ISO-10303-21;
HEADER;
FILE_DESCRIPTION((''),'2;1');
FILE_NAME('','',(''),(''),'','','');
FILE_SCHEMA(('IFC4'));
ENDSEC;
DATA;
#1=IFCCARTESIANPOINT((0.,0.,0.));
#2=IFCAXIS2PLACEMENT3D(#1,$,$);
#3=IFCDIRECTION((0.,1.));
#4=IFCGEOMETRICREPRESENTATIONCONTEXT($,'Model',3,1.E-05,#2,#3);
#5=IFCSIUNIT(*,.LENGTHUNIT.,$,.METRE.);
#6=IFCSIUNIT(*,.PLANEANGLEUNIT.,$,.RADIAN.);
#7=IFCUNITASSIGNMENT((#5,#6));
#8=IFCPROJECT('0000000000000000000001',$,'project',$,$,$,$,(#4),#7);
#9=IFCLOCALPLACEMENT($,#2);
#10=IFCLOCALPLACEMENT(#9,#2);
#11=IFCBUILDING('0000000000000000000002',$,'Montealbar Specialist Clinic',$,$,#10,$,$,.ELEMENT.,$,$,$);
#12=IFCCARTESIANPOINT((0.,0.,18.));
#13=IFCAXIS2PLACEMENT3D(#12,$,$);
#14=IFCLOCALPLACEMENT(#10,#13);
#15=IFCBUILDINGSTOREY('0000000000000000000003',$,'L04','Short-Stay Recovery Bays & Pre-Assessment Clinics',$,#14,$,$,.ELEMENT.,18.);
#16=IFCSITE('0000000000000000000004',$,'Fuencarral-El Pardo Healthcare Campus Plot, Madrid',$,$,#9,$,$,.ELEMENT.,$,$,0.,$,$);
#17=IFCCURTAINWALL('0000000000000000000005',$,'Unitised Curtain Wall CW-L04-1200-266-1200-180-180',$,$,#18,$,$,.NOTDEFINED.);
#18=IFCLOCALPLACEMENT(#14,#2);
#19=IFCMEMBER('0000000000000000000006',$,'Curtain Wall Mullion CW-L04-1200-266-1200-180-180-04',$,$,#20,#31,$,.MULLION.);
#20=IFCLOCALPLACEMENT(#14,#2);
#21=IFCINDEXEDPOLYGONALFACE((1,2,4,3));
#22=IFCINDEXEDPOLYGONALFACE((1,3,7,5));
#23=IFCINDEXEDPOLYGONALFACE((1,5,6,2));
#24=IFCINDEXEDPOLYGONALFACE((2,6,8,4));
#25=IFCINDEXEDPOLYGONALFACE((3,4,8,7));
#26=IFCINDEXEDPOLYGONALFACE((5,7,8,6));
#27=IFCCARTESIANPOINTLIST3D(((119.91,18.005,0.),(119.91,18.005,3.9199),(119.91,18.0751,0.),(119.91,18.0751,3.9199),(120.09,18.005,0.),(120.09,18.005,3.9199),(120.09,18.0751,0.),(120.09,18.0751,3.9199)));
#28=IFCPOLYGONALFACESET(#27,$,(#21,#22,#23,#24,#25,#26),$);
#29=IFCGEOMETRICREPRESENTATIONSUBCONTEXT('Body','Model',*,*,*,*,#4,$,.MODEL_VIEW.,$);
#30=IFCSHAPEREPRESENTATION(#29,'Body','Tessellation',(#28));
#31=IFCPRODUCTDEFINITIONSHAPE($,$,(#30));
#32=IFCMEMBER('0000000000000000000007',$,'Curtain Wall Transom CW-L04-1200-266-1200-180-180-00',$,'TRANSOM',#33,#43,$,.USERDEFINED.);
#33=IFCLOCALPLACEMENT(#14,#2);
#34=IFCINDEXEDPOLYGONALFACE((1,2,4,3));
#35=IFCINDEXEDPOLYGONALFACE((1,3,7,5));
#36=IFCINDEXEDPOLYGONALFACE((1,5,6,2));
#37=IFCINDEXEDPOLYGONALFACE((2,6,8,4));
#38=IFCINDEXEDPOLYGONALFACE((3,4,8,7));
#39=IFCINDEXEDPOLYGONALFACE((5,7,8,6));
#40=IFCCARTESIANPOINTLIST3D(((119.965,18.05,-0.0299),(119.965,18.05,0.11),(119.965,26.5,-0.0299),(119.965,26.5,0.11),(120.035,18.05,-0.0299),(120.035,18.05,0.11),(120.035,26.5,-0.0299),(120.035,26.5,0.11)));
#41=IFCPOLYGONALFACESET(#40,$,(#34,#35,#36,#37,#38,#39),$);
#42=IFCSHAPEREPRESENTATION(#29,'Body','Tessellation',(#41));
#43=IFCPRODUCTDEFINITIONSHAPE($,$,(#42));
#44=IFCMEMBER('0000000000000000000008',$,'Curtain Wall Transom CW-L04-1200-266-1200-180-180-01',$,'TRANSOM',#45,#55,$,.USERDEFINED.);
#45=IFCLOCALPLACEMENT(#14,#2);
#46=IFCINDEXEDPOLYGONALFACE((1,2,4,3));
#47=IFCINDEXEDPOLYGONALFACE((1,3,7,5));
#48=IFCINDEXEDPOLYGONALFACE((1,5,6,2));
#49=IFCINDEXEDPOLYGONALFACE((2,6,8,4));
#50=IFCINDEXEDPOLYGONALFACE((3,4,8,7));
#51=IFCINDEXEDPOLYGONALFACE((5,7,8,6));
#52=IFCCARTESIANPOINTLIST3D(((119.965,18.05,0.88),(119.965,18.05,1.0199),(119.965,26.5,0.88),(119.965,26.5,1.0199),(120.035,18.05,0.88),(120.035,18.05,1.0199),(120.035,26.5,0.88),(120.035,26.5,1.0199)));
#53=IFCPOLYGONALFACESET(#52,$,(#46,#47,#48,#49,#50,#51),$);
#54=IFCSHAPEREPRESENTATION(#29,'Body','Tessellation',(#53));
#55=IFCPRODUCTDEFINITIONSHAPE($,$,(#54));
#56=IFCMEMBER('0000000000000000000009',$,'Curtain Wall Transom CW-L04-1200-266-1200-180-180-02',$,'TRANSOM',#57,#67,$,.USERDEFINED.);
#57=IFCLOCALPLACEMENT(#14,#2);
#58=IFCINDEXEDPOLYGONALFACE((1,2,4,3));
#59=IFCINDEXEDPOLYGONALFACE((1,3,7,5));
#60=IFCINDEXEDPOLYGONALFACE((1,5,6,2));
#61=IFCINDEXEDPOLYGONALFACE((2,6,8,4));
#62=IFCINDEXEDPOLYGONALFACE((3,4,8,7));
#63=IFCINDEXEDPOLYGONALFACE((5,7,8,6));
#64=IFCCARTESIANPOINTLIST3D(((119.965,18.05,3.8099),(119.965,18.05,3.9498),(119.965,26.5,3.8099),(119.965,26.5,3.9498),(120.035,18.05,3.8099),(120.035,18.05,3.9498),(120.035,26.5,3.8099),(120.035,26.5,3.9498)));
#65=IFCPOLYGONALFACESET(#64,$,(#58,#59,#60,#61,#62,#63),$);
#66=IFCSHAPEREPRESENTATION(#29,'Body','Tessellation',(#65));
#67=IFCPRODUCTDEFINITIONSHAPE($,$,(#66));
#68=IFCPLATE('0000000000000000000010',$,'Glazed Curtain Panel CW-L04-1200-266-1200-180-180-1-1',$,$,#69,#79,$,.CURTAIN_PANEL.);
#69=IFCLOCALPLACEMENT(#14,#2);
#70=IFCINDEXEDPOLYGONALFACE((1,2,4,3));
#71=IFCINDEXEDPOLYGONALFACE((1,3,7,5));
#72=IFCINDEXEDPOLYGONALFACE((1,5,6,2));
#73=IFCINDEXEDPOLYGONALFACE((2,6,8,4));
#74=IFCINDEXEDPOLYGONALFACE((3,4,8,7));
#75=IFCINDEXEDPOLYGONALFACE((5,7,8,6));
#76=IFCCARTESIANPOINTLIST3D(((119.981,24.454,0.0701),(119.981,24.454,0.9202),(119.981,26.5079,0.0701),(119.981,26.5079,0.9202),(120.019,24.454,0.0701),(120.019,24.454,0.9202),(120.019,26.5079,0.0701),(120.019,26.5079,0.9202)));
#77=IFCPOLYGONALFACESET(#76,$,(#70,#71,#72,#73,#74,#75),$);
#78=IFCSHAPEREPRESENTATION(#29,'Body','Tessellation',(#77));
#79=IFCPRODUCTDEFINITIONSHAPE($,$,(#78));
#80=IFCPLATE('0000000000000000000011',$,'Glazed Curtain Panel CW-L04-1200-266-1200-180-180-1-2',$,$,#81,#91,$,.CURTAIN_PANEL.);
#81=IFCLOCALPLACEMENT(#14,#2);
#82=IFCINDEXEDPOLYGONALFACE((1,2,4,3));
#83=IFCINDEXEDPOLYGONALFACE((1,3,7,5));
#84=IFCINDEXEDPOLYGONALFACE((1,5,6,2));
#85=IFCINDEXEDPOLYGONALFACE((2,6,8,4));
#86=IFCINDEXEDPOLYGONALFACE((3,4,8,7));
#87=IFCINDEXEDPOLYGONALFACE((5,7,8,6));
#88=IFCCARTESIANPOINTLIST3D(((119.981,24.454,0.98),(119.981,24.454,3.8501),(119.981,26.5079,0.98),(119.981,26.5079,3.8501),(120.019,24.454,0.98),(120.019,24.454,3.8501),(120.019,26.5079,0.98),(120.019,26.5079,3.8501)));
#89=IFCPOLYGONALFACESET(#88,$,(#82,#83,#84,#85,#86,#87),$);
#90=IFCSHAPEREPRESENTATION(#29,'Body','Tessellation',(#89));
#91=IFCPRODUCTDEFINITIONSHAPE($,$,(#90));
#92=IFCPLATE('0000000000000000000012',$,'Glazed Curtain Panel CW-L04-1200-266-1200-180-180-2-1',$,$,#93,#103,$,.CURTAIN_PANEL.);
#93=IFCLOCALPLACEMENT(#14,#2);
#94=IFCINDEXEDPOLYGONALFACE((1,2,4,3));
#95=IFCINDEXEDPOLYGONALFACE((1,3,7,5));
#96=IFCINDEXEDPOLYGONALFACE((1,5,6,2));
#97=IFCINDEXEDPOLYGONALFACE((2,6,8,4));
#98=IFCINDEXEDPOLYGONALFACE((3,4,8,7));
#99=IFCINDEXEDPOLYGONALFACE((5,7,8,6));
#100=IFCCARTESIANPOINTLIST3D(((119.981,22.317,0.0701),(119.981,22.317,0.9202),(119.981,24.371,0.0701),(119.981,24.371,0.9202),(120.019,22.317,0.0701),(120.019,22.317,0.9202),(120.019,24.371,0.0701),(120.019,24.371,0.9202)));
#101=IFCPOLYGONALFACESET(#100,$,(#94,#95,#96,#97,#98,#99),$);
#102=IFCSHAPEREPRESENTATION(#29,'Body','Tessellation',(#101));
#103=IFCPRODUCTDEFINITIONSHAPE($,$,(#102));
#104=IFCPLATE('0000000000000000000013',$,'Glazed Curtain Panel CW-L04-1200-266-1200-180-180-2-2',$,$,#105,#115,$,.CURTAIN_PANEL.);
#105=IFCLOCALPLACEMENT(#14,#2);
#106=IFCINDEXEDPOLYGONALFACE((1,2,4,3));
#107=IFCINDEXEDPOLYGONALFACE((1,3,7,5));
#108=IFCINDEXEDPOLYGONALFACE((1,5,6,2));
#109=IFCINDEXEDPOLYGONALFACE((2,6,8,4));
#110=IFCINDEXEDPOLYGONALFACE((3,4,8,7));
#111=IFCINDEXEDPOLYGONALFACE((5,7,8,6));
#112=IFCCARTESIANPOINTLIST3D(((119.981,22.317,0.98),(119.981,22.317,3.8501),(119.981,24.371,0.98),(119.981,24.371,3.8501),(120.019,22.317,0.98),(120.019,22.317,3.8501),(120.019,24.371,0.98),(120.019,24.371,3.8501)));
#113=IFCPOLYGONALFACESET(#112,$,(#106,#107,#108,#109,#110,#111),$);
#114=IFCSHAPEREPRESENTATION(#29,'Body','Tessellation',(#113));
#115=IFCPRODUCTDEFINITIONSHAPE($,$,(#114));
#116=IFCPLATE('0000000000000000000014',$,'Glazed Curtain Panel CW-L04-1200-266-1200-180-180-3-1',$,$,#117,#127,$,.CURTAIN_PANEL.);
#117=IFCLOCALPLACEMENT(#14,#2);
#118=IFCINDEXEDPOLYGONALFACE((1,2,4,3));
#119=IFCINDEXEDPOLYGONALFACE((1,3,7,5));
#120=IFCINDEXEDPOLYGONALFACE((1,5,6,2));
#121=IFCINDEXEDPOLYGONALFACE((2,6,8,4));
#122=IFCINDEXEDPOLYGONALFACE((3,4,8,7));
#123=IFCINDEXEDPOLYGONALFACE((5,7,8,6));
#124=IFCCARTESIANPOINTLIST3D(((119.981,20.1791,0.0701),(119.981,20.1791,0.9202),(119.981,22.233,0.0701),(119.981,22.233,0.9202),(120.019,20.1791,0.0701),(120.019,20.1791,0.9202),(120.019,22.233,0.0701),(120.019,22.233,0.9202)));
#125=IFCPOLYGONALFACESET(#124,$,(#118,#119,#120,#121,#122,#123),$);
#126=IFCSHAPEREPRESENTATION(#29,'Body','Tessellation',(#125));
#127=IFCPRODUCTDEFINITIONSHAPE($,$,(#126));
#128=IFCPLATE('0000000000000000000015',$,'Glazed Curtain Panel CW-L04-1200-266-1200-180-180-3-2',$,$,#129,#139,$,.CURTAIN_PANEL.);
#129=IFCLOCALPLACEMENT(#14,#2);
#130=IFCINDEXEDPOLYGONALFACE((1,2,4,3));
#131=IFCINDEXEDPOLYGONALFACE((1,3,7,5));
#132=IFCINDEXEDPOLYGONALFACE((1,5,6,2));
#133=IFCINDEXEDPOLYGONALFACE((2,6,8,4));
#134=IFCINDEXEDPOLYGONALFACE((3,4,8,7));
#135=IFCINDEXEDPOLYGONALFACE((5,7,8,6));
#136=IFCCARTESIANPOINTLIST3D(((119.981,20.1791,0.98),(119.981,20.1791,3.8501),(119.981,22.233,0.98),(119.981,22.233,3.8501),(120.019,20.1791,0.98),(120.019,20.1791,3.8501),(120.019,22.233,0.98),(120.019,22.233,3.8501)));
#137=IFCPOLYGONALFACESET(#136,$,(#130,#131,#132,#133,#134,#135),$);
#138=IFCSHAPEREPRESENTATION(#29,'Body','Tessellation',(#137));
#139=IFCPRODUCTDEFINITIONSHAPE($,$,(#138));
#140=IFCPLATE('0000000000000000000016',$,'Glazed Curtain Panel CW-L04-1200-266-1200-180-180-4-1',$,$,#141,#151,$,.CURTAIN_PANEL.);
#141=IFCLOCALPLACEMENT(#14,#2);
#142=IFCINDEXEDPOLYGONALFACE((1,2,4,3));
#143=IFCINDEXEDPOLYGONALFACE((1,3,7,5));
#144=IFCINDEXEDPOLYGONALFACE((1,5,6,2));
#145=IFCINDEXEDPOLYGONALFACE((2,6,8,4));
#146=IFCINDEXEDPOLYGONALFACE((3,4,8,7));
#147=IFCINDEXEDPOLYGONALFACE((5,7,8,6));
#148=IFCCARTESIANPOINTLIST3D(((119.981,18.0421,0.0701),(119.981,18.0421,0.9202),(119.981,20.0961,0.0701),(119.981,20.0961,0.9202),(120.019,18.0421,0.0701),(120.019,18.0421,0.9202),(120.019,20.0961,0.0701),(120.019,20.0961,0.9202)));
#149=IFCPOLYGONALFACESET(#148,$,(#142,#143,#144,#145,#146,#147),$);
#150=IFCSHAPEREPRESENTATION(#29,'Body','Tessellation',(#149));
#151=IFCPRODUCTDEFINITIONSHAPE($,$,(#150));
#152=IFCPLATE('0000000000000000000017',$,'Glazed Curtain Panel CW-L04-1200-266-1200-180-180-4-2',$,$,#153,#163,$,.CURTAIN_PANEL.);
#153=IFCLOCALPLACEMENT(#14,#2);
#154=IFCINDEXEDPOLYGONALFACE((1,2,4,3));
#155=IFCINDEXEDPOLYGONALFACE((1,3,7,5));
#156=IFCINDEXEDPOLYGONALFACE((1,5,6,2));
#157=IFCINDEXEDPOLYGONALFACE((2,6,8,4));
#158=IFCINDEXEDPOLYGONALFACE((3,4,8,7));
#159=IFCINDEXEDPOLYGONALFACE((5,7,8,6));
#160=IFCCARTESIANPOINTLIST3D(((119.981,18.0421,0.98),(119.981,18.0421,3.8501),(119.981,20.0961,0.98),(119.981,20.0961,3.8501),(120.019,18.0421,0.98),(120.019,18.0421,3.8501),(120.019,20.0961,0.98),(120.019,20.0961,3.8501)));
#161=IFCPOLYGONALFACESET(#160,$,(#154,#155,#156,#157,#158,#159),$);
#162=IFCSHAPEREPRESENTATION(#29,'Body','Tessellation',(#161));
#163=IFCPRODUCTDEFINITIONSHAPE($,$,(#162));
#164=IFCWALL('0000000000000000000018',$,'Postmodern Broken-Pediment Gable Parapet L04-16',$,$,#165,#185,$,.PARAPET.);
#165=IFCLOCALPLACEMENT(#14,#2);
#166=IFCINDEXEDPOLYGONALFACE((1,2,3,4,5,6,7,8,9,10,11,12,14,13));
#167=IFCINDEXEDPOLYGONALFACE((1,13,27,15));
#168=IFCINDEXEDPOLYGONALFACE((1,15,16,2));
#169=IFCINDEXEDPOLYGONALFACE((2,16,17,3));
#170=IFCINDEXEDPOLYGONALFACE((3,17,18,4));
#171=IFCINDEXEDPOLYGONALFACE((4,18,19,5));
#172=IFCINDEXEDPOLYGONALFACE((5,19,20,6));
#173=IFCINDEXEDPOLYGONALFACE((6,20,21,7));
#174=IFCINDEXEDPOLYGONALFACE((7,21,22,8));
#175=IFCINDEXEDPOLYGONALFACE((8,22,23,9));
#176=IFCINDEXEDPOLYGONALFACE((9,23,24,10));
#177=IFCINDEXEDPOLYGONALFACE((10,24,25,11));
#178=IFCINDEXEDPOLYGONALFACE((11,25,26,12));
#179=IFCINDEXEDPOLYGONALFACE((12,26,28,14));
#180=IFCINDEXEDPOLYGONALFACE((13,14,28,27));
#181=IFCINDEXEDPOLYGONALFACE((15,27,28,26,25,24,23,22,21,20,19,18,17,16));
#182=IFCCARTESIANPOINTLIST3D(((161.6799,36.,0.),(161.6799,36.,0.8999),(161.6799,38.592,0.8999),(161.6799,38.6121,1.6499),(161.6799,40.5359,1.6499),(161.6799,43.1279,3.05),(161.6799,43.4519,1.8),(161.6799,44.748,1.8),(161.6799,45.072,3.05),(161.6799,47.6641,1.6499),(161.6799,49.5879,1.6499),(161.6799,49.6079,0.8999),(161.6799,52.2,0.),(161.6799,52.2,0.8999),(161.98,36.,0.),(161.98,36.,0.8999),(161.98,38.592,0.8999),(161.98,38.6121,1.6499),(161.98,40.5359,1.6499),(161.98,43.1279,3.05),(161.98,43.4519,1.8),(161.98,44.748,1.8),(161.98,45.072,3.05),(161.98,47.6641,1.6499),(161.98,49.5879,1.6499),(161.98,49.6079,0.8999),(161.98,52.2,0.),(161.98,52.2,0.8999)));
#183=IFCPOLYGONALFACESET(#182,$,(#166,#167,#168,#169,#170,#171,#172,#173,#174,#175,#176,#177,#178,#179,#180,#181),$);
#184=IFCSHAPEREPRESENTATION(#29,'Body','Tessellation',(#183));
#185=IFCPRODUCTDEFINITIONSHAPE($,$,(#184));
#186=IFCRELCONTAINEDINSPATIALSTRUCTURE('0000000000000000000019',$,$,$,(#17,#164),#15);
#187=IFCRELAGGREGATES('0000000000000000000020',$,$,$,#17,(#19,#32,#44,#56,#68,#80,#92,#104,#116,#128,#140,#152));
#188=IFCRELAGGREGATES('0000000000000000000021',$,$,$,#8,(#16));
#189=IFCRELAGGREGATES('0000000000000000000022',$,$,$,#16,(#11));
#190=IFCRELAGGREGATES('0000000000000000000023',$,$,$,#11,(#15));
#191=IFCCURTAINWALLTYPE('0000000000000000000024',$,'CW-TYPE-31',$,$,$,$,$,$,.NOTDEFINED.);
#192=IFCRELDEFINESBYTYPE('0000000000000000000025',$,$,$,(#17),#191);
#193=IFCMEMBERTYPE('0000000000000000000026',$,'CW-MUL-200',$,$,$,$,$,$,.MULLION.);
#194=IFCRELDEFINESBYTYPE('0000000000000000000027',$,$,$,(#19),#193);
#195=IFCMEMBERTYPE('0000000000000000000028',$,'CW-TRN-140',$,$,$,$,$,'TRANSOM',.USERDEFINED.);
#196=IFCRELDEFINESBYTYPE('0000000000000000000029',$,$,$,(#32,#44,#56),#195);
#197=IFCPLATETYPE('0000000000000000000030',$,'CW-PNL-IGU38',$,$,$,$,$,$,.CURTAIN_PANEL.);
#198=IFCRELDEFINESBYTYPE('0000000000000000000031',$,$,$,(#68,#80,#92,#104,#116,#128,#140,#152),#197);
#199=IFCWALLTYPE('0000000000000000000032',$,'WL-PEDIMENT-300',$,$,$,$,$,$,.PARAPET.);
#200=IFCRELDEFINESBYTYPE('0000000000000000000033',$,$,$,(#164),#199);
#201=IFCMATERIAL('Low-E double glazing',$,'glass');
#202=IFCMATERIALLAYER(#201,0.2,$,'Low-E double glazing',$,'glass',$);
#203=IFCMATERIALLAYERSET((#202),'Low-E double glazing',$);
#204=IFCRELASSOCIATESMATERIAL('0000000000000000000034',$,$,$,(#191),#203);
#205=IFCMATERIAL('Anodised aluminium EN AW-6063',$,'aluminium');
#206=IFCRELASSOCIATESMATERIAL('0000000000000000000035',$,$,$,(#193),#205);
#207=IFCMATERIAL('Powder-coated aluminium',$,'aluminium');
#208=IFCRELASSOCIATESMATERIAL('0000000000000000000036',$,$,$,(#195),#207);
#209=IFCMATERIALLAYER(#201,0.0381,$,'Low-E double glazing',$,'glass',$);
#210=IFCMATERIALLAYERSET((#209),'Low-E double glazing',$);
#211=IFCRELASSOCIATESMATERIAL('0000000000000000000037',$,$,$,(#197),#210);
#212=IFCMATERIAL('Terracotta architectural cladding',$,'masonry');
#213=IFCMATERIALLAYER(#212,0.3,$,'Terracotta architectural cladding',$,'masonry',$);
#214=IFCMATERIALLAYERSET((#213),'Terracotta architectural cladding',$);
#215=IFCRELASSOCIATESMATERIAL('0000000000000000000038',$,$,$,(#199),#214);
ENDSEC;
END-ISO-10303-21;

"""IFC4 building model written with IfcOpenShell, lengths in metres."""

from ifc_helpers import new_model, si_unit, direction, frame, origin, origin_2d, place, context, subcontext, project, spatial, polyline, rectangle, outline, extrude, material, layer, layer_set, material_profile, profile_set, type_object, element, aggregate, save


model = new_model("IFC4")

# Units and contexts
model_context = context("Model", 3, precision=1e-05, world=origin(), true_north=direction((0.0, 1.0)))
body_context = subcontext(model_context, "Body", "Model", "MODEL_VIEW")
ifc_project = project(units=[si_unit("LENGTHUNIT", "METRE"), si_unit("PLANEANGLEUNIT", "RADIAN")], contexts=[model_context])

# Site, building, storey
site_placement = place(None, origin())
site = spatial("IfcSite", under=ifc_project, at=site_placement, Name="Fuencarral-El Pardo Healthcare Campus Plot, Madrid", CompositionType="ELEMENT", RefElevation=0.0)
building_placement = place(site_placement, origin())
building = spatial("IfcBuilding", under=site, at=building_placement, Name="Montealbar Specialist Clinic", CompositionType="ELEMENT")
storey_placement = place(building_placement, frame((0.0, 0.0, 18.0)))
storey = spatial("IfcBuildingStorey", under=building, at=storey_placement, Name="L04", Description="Short-Stay Recovery Bays & Pre-Assessment Clinics", CompositionType="ELEMENT", Elevation=18.0)

# Curtain wall, members, plates
ifc_material_1 = material(Name="Low-E double glazing", Category="glass")
ifc_layer_1 = layer(ifc_material_1, 0.2, Name="Low-E double glazing", Category="glass")
ifc_layer_set_1 = layer_set([ifc_layer_1], Name="Low-E double glazing")
curtain_wall_type = type_object("IfcCurtainWallType", Name="CW-TYPE-31", PredefinedType="NOTDEFINED", material=ifc_layer_set_1)
curtain_wall_placement = place(storey_placement, origin())
curtain_wall = element("IfcCurtainWall", 1, at=curtain_wall_placement, inside=storey, type_object=curtain_wall_type, Name="Unitised Curtain Wall CW-L04-1200-266-1200-180-180", PredefinedType="NOTDEFINED")
ifc_material_2 = material(Name="Anodised aluminium EN AW-6063", Category="aluminium")
ifc_material_profile_1 = material_profile(ifc_material_2, rectangle(XDim=0.0701, YDim=0.1799, at=origin_2d()), Name="ALU 70x180", Category="aluminium")
ifc_profile_set_1 = profile_set([ifc_material_profile_1], Name="Anodised aluminium EN AW-6063")
member_type_1 = type_object("IfcMemberType", Name="CW-MUL-200", PredefinedType="MULLION", material=ifc_profile_set_1)
member_1_placement = place(storey_placement, frame((120.0, 18.04, 0.0), z_axis=(0.0, 0.0, 1.0), x_axis=(0.0, -1.0, 0.0)))
member_1 = element("IfcMember", 2, at=member_1_placement, type_object=member_type_1, Name="Curtain Wall Mullion CW-L04-1200-266-1200-180-180-04", PredefinedType="MULLION", context=body_context, shape_type="SweptSolid", body=[
    extrude(rectangle(XDim=0.0701, YDim=0.1799, at=origin_2d()), origin(), (0.0, 0.0, 1.0), 3.9199),
])
ifc_material_3 = material(Name="Powder-coated aluminium", Category="aluminium")
ifc_material_profile_2 = material_profile(ifc_material_3, rectangle(XDim=0.0701, YDim=0.1399, at=origin_2d()), Name="ALU 70x140", Category="aluminium")
ifc_profile_set_2 = profile_set([ifc_material_profile_2], Name="Powder-coated aluminium")
member_type_2 = type_object("IfcMemberType", Name="CW-TRN-140", ElementType="TRANSOM", PredefinedType="USERDEFINED", material=ifc_profile_set_2)
member_2_placement = place(storey_placement, frame((120.0, 26.5, 0.04), z_axis=(0.0, -1.0, 0.0), x_axis=(1.0, 0.0, 0.0)))
member_2 = element("IfcMember", 3, at=member_2_placement, type_object=member_type_2, Name="Curtain Wall Transom CW-L04-1200-266-1200-180-180-00", ObjectType="TRANSOM", PredefinedType="USERDEFINED", context=body_context, shape_type="SweptSolid", body=[
    extrude(rectangle(XDim=0.0701, YDim=0.1399, at=origin_2d()), origin(), (0.0, 0.0, 1.0), 8.45),
])
member_3_placement = place(storey_placement, frame((120.0, 26.5, 0.95), z_axis=(0.0, -1.0, 0.0), x_axis=(1.0, 0.0, 0.0)))
member_3 = element("IfcMember", 4, at=member_3_placement, type_object=member_type_2, Name="Curtain Wall Transom CW-L04-1200-266-1200-180-180-01", ObjectType="TRANSOM", PredefinedType="USERDEFINED", context=body_context, shape_type="SweptSolid", body=[
    extrude(rectangle(XDim=0.0701, YDim=0.1399, at=origin_2d()), origin(), (0.0, 0.0, 1.0), 8.45),
])
member_4_placement = place(storey_placement, frame((120.0, 26.5, 3.8799), z_axis=(0.0, -1.0, 0.0), x_axis=(1.0, 0.0, 0.0)))
member_4 = element("IfcMember", 5, at=member_4_placement, type_object=member_type_2, Name="Curtain Wall Transom CW-L04-1200-266-1200-180-180-02", ObjectType="TRANSOM", PredefinedType="USERDEFINED", context=body_context, shape_type="SweptSolid", body=[
    extrude(rectangle(XDim=0.0701, YDim=0.1399, at=origin_2d()), origin(), (0.0, 0.0, 1.0), 8.45),
])
ifc_layer_2 = layer(ifc_material_1, 0.0381, Name="Low-E double glazing", Category="glass")
ifc_layer_set_2 = layer_set([ifc_layer_2], Name="Low-E double glazing")
plate_type = type_object("IfcPlateType", Name="CW-PNL-IGU38", PredefinedType="CURTAIN_PANEL", material=ifc_layer_set_2)
plate_1_placement = place(storey_placement, frame((120.0, 25.481, 0.0701), z_axis=(0.0, 0.0, 1.0), x_axis=(0.0, -1.0, 0.0)))
plate_1 = element("IfcPlate", 6, at=plate_1_placement, type_object=plate_type, Name="Glazed Curtain Panel CW-L04-1200-266-1200-180-180-1-1", PredefinedType="CURTAIN_PANEL", context=body_context, shape_type="SweptSolid", body=[
    extrude(rectangle(XDim=2.054, YDim=0.0381, at=origin_2d()), origin(), (0.0, 0.0, 1.0), 0.8501),
])
plate_2_placement = place(storey_placement, frame((120.0, 25.481, 0.98), z_axis=(0.0, 0.0, 1.0), x_axis=(0.0, -1.0, 0.0)))
plate_2 = element("IfcPlate", 7, at=plate_2_placement, type_object=plate_type, Name="Glazed Curtain Panel CW-L04-1200-266-1200-180-180-1-2", PredefinedType="CURTAIN_PANEL", context=body_context, shape_type="SweptSolid", body=[
    extrude(rectangle(XDim=2.054, YDim=0.0381, at=origin_2d()), origin(), (0.0, 0.0, 1.0), 2.8701),
])
plate_3_placement = place(storey_placement, frame((120.0, 23.344, 0.0701), z_axis=(0.0, 0.0, 1.0), x_axis=(0.0, -1.0, 0.0)))
plate_3 = element("IfcPlate", 8, at=plate_3_placement, type_object=plate_type, Name="Glazed Curtain Panel CW-L04-1200-266-1200-180-180-2-1", PredefinedType="CURTAIN_PANEL", context=body_context, shape_type="SweptSolid", body=[
    extrude(rectangle(XDim=2.054, YDim=0.0381, at=origin_2d()), origin(), (0.0, 0.0, 1.0), 0.8501),
])
plate_4_placement = place(storey_placement, frame((120.0, 23.344, 0.98), z_axis=(0.0, 0.0, 1.0), x_axis=(0.0, -1.0, 0.0)))
plate_4 = element("IfcPlate", 9, at=plate_4_placement, type_object=plate_type, Name="Glazed Curtain Panel CW-L04-1200-266-1200-180-180-2-2", PredefinedType="CURTAIN_PANEL", context=body_context, shape_type="SweptSolid", body=[
    extrude(rectangle(XDim=2.054, YDim=0.0381, at=origin_2d()), origin(), (0.0, 0.0, 1.0), 2.8701),
])
plate_5_placement = place(storey_placement, frame((120.0, 21.2061, 0.0701), z_axis=(0.0, 0.0, 1.0), x_axis=(0.0, -1.0, 0.0)))
plate_5 = element("IfcPlate", 10, at=plate_5_placement, type_object=plate_type, Name="Glazed Curtain Panel CW-L04-1200-266-1200-180-180-3-1", PredefinedType="CURTAIN_PANEL", context=body_context, shape_type="SweptSolid", body=[
    extrude(rectangle(XDim=2.054, YDim=0.0381, at=origin_2d()), origin(), (0.0, 0.0, 1.0), 0.8501),
])
plate_6_placement = place(storey_placement, frame((120.0, 21.2061, 0.98), z_axis=(0.0, 0.0, 1.0), x_axis=(0.0, -1.0, 0.0)))
plate_6 = element("IfcPlate", 11, at=plate_6_placement, type_object=plate_type, Name="Glazed Curtain Panel CW-L04-1200-266-1200-180-180-3-2", PredefinedType="CURTAIN_PANEL", context=body_context, shape_type="SweptSolid", body=[
    extrude(rectangle(XDim=2.054, YDim=0.0381, at=origin_2d()), origin(), (0.0, 0.0, 1.0), 2.8701),
])
plate_7_placement = place(storey_placement, frame((120.0, 19.0691, 0.0701), z_axis=(0.0, 0.0, 1.0), x_axis=(0.0, -1.0, 0.0)))
plate_7 = element("IfcPlate", 12, at=plate_7_placement, type_object=plate_type, Name="Glazed Curtain Panel CW-L04-1200-266-1200-180-180-4-1", PredefinedType="CURTAIN_PANEL", context=body_context, shape_type="SweptSolid", body=[
    extrude(rectangle(XDim=2.054, YDim=0.0381, at=origin_2d()), origin(), (0.0, 0.0, 1.0), 0.8501),
])
plate_8_placement = place(storey_placement, frame((120.0, 19.0691, 0.98), z_axis=(0.0, 0.0, 1.0), x_axis=(0.0, -1.0, 0.0)))
plate_8 = element("IfcPlate", 13, at=plate_8_placement, type_object=plate_type, Name="Glazed Curtain Panel CW-L04-1200-266-1200-180-180-4-2", PredefinedType="CURTAIN_PANEL", context=body_context, shape_type="SweptSolid", body=[
    extrude(rectangle(XDim=2.054, YDim=0.0381, at=origin_2d()), origin(), (0.0, 0.0, 1.0), 2.8701),
])
aggregate(curtain_wall, [member_1, member_2, member_3, member_4, plate_1, plate_2, plate_3, plate_4, plate_5, plate_6, plate_7, plate_8])

# Wall
ifc_material_4 = material(Name="Terracotta architectural cladding", Category="masonry")
ifc_layer_3 = layer(ifc_material_4, 0.3, Name="Terracotta architectural cladding", Category="masonry")
ifc_layer_set_3 = layer_set([ifc_layer_3], Name="Terracotta architectural cladding")
wall_type = type_object("IfcWallType", Name="WL-PEDIMENT-300", PredefinedType="PARAPET", material=ifc_layer_set_3)
wall_1_placement = place(storey_placement, frame((161.8301, 52.2, 0.0), z_axis=(0.0, 0.0, 1.0), x_axis=(0.0, -1.0, 0.0)))
element("IfcWall", 14, at=wall_1_placement, inside=storey, type_object=wall_type, Name="Postmodern Broken-Pediment Gable Parapet L04-16", PredefinedType="PARAPET", context=body_context, shape_type="SweptSolid", body=[
    extrude(outline(polyline([(0.0, 0.0), (16.2, 0.0), (16.2, 0.8999), (13.6079, 0.8999), (13.5879, 1.6499), (11.6641, 1.6499), (9.072, 3.05), (8.748, 1.8), (7.4519, 1.8), (7.1279, 3.05), (4.5359, 1.6499), (2.6121, 1.6499), (2.592, 0.8999), (0.0, 0.8999), (0.0, 0.0)])), frame((0.0, 0.1499, 0.0), z_axis=(0.0, -1.0, 0.0), x_axis=(1.0, 0.0, 0.0)), (0.0, 0.0, 1.0), 0.3),
])

save(model, "model.ifc")
